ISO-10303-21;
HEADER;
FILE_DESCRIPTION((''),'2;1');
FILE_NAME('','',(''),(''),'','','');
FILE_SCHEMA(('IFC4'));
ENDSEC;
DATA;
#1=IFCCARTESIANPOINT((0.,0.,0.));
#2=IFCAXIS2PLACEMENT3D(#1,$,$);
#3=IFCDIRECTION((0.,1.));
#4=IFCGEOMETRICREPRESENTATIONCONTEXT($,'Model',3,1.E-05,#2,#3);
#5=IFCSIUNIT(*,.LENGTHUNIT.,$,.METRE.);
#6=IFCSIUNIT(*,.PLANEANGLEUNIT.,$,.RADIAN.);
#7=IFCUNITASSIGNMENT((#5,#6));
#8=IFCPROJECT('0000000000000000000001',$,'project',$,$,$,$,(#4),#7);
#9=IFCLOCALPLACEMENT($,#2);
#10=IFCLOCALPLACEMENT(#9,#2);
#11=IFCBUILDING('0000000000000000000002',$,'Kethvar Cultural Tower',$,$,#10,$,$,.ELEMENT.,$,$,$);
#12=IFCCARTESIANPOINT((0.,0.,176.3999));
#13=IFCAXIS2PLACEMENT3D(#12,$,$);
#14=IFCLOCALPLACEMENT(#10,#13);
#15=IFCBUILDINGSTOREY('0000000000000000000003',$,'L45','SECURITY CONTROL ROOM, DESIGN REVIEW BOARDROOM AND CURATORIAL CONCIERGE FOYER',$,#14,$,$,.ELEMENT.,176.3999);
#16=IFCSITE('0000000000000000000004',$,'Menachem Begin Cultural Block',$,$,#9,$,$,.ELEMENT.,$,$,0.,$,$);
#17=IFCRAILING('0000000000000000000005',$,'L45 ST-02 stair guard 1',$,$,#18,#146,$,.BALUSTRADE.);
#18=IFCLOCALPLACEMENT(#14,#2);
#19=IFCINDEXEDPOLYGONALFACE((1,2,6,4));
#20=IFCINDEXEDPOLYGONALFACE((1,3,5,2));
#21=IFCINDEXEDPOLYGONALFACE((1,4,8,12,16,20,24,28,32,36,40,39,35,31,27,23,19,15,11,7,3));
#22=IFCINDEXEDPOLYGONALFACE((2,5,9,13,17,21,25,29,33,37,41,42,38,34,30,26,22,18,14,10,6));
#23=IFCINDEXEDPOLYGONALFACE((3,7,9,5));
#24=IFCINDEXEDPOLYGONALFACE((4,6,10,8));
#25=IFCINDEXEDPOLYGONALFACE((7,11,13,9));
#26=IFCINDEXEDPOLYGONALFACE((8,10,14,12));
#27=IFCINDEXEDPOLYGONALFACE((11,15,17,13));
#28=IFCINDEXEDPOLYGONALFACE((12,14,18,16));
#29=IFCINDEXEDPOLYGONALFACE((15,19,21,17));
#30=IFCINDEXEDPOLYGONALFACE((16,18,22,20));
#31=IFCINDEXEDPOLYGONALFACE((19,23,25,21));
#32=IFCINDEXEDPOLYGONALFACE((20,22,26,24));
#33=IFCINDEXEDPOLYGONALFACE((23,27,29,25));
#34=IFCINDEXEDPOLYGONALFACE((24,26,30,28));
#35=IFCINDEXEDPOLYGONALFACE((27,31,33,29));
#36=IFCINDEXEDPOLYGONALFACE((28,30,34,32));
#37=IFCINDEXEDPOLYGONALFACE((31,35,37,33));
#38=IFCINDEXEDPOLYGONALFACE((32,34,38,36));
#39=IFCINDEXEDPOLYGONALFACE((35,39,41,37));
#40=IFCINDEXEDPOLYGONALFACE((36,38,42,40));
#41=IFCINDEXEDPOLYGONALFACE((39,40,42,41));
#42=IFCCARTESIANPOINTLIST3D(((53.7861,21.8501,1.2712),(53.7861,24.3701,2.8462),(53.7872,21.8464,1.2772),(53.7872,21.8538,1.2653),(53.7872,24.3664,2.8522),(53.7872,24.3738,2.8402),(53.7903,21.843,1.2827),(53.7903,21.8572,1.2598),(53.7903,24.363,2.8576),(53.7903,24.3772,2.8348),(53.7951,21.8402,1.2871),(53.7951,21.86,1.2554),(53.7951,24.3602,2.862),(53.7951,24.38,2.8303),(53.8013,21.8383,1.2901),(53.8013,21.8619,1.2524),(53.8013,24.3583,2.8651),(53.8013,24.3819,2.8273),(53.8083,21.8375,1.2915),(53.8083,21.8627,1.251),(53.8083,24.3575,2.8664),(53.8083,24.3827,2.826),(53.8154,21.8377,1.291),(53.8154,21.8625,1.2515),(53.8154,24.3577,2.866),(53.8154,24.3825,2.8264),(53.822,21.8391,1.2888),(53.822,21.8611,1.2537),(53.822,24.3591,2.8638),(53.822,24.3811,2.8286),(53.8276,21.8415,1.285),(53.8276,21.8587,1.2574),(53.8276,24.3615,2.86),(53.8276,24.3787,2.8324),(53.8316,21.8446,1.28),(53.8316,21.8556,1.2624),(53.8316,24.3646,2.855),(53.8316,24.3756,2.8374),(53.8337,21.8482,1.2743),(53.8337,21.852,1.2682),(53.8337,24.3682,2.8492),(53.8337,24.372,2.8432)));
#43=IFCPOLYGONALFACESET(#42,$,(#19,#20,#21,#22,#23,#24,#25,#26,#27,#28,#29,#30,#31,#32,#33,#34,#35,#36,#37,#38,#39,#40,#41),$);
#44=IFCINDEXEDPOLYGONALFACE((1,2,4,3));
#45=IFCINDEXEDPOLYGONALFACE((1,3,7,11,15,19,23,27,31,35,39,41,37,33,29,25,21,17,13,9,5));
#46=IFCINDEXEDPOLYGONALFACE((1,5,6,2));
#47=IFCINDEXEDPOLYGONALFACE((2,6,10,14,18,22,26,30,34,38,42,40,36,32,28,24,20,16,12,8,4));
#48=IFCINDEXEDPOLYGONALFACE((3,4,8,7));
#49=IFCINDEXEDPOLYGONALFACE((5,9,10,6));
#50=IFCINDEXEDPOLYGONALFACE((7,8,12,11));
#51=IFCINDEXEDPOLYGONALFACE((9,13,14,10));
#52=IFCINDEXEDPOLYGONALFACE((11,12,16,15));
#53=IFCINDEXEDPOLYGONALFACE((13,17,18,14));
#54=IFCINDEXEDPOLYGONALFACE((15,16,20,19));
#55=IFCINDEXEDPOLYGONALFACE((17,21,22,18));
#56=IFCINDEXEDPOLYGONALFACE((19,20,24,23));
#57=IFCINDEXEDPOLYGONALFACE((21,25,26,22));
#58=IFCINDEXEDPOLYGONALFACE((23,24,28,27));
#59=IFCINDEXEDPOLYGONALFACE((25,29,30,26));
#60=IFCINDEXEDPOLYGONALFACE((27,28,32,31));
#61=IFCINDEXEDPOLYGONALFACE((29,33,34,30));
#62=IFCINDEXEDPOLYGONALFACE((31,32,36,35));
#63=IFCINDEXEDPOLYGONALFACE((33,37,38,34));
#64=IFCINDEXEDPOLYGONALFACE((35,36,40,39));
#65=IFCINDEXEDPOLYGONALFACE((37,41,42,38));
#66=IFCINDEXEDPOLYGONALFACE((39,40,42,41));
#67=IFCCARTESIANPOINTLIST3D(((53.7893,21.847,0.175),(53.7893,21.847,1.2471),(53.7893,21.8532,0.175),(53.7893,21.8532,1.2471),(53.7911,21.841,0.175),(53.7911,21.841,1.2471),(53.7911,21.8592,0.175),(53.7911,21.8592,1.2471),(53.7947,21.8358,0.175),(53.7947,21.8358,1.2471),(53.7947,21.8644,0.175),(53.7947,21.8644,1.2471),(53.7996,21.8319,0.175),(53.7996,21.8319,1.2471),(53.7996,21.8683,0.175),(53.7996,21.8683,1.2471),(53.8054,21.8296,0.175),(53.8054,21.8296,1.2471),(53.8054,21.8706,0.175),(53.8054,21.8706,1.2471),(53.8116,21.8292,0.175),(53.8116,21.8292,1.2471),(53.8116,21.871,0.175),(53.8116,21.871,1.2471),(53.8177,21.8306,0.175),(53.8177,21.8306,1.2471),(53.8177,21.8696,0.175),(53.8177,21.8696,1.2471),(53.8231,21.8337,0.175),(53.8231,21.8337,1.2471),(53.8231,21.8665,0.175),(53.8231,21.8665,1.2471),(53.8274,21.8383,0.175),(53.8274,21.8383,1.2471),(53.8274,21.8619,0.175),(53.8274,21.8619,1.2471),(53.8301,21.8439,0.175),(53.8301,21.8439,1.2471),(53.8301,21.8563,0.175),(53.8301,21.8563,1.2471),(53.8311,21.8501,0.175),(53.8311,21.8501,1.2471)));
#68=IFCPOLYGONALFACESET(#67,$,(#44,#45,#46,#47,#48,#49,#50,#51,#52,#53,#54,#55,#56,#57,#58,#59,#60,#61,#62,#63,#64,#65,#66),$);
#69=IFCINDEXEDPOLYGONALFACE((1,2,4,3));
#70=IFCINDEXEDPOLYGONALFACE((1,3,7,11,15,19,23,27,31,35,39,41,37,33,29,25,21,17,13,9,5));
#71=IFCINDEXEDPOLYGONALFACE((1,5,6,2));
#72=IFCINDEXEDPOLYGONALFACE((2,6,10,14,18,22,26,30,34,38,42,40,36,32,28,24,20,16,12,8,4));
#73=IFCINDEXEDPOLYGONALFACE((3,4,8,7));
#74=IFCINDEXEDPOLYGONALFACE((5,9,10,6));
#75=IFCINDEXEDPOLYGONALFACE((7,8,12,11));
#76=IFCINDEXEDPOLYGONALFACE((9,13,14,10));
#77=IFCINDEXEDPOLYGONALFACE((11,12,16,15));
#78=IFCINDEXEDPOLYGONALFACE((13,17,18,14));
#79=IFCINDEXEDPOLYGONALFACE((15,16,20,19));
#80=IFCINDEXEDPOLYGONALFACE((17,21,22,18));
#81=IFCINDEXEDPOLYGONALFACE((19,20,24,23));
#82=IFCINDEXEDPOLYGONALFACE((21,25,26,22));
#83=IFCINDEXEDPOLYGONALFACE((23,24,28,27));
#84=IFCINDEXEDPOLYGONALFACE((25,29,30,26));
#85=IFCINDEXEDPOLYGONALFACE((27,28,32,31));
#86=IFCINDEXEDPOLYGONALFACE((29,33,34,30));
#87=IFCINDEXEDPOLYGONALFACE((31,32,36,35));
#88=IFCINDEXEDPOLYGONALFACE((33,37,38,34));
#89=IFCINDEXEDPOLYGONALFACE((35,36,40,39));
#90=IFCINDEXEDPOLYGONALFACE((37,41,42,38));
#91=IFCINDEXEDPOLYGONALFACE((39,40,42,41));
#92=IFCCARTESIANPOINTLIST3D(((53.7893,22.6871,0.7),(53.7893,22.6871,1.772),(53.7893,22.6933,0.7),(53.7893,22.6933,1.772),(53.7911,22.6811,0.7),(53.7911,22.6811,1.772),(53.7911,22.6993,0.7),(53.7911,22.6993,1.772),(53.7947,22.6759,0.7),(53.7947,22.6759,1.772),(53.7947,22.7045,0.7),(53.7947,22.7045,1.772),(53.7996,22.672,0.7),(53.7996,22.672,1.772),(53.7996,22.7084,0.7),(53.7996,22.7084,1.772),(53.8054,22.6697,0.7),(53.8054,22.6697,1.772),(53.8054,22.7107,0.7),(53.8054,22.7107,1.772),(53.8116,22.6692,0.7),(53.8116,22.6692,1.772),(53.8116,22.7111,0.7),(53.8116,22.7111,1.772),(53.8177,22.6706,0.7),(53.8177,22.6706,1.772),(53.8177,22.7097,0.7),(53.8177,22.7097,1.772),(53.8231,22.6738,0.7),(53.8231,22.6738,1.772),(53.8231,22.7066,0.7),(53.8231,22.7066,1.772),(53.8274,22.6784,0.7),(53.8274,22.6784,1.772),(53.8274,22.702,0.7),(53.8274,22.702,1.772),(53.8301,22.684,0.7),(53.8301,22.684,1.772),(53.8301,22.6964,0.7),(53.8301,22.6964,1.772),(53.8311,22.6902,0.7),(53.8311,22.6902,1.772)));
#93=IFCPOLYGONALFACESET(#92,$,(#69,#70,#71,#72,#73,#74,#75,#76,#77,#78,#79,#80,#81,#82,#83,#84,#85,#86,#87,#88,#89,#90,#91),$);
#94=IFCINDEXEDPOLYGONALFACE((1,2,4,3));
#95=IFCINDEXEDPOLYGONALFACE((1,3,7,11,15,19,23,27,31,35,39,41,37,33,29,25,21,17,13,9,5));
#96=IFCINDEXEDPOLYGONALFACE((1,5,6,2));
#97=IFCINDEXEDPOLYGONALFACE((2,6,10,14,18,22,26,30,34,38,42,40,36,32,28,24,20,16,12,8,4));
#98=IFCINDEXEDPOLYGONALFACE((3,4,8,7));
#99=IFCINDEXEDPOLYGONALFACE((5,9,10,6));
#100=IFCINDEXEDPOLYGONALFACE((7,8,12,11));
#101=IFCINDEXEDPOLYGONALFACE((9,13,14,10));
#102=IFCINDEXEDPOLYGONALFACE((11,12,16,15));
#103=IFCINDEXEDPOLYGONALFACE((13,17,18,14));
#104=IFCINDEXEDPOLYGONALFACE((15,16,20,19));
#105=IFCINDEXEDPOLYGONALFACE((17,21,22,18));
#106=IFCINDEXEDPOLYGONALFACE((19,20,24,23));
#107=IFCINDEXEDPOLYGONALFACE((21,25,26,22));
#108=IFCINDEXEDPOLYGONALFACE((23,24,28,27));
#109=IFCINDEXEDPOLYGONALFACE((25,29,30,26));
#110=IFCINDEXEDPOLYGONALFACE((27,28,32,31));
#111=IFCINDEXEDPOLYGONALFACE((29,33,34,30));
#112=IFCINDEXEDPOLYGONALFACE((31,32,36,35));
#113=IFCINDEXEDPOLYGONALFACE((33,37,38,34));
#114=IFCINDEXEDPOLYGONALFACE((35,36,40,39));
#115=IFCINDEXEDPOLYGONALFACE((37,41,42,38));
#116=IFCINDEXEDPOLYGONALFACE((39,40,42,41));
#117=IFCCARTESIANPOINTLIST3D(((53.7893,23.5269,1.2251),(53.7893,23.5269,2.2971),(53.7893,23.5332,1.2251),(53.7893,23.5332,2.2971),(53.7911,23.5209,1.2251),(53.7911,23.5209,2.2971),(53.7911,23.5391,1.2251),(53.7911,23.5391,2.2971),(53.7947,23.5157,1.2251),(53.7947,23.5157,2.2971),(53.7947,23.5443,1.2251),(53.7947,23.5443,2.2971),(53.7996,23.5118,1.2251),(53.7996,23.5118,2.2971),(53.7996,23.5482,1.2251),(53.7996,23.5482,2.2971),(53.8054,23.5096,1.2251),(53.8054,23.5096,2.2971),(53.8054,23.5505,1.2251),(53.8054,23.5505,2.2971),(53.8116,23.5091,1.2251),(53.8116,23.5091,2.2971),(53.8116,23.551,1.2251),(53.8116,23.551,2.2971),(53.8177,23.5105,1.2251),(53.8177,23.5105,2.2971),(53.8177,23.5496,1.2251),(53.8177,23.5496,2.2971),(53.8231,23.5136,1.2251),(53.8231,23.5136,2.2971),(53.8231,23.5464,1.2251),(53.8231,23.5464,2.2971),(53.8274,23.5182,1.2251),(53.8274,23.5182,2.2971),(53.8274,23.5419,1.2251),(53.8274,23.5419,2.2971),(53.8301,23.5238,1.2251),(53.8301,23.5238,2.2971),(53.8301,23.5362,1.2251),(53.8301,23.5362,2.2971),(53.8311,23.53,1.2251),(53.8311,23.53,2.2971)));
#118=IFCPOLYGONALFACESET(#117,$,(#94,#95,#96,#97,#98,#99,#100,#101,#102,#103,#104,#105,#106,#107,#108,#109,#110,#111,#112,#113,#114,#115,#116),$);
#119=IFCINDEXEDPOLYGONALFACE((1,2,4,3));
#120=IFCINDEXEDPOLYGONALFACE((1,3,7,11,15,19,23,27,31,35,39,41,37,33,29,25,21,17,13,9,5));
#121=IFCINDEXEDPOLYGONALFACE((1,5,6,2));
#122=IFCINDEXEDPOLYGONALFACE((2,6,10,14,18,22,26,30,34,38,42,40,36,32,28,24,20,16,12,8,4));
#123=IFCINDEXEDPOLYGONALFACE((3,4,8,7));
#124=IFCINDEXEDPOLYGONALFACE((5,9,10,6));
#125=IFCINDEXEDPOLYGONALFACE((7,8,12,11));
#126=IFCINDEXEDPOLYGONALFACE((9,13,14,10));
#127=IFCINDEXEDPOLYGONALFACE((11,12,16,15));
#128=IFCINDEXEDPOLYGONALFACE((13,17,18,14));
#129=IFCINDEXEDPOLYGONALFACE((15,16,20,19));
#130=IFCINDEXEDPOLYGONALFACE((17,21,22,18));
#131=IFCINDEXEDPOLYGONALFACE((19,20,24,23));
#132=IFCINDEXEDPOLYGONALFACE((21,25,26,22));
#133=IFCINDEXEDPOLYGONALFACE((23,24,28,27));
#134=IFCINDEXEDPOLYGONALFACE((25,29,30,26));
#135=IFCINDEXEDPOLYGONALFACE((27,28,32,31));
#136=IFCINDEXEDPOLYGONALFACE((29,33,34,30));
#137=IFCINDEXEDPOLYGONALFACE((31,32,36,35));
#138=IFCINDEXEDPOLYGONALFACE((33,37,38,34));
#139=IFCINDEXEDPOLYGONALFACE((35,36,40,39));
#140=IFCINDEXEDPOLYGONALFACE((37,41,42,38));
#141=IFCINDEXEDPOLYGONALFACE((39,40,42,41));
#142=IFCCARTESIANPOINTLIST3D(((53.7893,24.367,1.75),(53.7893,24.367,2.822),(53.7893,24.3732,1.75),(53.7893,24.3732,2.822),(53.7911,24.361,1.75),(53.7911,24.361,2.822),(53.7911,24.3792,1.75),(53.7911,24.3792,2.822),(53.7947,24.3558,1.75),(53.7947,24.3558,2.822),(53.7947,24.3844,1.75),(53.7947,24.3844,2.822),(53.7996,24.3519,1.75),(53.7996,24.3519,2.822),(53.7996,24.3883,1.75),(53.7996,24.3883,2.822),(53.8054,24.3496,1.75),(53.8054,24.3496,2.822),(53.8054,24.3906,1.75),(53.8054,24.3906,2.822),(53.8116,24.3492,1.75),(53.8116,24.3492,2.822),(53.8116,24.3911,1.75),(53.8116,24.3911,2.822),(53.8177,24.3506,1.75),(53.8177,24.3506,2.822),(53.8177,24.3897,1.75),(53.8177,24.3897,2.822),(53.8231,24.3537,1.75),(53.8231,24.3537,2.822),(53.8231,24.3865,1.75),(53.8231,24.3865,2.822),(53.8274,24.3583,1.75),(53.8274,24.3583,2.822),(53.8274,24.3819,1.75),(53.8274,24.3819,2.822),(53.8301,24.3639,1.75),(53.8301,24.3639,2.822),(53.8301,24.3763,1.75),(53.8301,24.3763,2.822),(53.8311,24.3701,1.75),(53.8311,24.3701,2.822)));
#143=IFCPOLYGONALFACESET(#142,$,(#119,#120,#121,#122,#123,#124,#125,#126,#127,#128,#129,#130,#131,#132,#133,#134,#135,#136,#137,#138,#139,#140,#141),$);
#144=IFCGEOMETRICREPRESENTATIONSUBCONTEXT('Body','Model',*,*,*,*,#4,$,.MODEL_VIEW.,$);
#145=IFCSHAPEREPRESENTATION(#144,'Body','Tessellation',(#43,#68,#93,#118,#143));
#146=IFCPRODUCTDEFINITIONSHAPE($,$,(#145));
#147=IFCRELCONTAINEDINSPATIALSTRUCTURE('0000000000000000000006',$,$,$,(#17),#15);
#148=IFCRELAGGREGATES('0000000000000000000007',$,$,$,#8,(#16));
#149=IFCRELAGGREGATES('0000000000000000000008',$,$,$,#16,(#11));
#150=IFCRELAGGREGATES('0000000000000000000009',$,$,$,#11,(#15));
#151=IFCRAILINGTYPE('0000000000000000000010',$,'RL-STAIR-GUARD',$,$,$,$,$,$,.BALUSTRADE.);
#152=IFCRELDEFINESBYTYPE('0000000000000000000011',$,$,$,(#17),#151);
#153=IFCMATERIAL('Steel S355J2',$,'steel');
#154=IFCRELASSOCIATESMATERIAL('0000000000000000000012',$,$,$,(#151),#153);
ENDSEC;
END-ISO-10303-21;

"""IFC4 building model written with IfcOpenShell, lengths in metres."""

from ifc_helpers import new_model, si_unit, direction, frame, origin, origin_2d, place, context, subcontext, project, spatial, circle, extrude, material, type_object, element, save


model = new_model("IFC4")

# Units and contexts
model_context = context("Model", 3, precision=1e-05, world=origin(), true_north=direction((0.0, 1.0)))
body_context = subcontext(model_context, "Body", "Model", "MODEL_VIEW")
ifc_project = project(units=[si_unit("LENGTHUNIT", "METRE"), si_unit("PLANEANGLEUNIT", "RADIAN")], contexts=[model_context])

# Site, building, storey
site_placement = place(None, origin())
site = spatial("IfcSite", under=ifc_project, at=site_placement, Name="Menachem Begin Cultural Block", CompositionType="ELEMENT", RefElevation=0.0)
building_placement = place(site_placement, origin())
building = spatial("IfcBuilding", under=site, at=building_placement, Name="Kethvar Cultural Tower", CompositionType="ELEMENT")
storey_placement = place(building_placement, frame((0.0, 0.0, 176.3999)))
storey = spatial("IfcBuildingStorey", under=building, at=storey_placement, Name="L45", Description="SECURITY CONTROL ROOM, DESIGN REVIEW BOARDROOM AND CURATORIAL CONCIERGE FOYER", CompositionType="ELEMENT", Elevation=176.3999)

# Shared definitions
ifc_material_1 = material(Name="Steel S355J2", Category="steel")

# Railing
railing_type_1 = type_object("IfcRailingType", Name="RL-STAIR-GUARD", PredefinedType="BALUSTRADE", material=ifc_material_1)
railing_1_placement = place(storey_placement, frame((53.8101, 21.8501, 0.175)))
element("IfcRailing", 1, at=railing_1_placement, inside=storey, type_object=railing_type_1, Name="L45 ST-02 stair guard 1", PredefinedType="BALUSTRADE", context=body_context, shape_type="SweptSolid", body=[
    extrude(circle(Radius=0.0239, at=origin_2d()), frame((0.0, 0.0, 1.0962), z_axis=(0.0, 0.848008, 0.529984), x_axis=(-1.0, 0.0, 0.0)), (0.0, 0.0, 1.0), 2.9717),
    extrude(circle(Radius=0.021, at=origin_2d()), origin(), (0.0, 0.0, 1.0), 1.072),
    extrude(circle(Radius=0.021, at=origin_2d()), frame((0.0, 0.8401, 0.5249)), (0.0, 0.0, 1.0), 1.072),
    extrude(circle(Radius=0.021, at=origin_2d()), frame((0.0, 1.6799, 1.05)), (0.0, 0.0, 1.0), 1.072),
    extrude(circle(Radius=0.021, at=origin_2d()), frame((0.0, 2.52, 1.575)), (0.0, 0.0, 1.0), 1.072),
])

save(model, "model.ifc")
